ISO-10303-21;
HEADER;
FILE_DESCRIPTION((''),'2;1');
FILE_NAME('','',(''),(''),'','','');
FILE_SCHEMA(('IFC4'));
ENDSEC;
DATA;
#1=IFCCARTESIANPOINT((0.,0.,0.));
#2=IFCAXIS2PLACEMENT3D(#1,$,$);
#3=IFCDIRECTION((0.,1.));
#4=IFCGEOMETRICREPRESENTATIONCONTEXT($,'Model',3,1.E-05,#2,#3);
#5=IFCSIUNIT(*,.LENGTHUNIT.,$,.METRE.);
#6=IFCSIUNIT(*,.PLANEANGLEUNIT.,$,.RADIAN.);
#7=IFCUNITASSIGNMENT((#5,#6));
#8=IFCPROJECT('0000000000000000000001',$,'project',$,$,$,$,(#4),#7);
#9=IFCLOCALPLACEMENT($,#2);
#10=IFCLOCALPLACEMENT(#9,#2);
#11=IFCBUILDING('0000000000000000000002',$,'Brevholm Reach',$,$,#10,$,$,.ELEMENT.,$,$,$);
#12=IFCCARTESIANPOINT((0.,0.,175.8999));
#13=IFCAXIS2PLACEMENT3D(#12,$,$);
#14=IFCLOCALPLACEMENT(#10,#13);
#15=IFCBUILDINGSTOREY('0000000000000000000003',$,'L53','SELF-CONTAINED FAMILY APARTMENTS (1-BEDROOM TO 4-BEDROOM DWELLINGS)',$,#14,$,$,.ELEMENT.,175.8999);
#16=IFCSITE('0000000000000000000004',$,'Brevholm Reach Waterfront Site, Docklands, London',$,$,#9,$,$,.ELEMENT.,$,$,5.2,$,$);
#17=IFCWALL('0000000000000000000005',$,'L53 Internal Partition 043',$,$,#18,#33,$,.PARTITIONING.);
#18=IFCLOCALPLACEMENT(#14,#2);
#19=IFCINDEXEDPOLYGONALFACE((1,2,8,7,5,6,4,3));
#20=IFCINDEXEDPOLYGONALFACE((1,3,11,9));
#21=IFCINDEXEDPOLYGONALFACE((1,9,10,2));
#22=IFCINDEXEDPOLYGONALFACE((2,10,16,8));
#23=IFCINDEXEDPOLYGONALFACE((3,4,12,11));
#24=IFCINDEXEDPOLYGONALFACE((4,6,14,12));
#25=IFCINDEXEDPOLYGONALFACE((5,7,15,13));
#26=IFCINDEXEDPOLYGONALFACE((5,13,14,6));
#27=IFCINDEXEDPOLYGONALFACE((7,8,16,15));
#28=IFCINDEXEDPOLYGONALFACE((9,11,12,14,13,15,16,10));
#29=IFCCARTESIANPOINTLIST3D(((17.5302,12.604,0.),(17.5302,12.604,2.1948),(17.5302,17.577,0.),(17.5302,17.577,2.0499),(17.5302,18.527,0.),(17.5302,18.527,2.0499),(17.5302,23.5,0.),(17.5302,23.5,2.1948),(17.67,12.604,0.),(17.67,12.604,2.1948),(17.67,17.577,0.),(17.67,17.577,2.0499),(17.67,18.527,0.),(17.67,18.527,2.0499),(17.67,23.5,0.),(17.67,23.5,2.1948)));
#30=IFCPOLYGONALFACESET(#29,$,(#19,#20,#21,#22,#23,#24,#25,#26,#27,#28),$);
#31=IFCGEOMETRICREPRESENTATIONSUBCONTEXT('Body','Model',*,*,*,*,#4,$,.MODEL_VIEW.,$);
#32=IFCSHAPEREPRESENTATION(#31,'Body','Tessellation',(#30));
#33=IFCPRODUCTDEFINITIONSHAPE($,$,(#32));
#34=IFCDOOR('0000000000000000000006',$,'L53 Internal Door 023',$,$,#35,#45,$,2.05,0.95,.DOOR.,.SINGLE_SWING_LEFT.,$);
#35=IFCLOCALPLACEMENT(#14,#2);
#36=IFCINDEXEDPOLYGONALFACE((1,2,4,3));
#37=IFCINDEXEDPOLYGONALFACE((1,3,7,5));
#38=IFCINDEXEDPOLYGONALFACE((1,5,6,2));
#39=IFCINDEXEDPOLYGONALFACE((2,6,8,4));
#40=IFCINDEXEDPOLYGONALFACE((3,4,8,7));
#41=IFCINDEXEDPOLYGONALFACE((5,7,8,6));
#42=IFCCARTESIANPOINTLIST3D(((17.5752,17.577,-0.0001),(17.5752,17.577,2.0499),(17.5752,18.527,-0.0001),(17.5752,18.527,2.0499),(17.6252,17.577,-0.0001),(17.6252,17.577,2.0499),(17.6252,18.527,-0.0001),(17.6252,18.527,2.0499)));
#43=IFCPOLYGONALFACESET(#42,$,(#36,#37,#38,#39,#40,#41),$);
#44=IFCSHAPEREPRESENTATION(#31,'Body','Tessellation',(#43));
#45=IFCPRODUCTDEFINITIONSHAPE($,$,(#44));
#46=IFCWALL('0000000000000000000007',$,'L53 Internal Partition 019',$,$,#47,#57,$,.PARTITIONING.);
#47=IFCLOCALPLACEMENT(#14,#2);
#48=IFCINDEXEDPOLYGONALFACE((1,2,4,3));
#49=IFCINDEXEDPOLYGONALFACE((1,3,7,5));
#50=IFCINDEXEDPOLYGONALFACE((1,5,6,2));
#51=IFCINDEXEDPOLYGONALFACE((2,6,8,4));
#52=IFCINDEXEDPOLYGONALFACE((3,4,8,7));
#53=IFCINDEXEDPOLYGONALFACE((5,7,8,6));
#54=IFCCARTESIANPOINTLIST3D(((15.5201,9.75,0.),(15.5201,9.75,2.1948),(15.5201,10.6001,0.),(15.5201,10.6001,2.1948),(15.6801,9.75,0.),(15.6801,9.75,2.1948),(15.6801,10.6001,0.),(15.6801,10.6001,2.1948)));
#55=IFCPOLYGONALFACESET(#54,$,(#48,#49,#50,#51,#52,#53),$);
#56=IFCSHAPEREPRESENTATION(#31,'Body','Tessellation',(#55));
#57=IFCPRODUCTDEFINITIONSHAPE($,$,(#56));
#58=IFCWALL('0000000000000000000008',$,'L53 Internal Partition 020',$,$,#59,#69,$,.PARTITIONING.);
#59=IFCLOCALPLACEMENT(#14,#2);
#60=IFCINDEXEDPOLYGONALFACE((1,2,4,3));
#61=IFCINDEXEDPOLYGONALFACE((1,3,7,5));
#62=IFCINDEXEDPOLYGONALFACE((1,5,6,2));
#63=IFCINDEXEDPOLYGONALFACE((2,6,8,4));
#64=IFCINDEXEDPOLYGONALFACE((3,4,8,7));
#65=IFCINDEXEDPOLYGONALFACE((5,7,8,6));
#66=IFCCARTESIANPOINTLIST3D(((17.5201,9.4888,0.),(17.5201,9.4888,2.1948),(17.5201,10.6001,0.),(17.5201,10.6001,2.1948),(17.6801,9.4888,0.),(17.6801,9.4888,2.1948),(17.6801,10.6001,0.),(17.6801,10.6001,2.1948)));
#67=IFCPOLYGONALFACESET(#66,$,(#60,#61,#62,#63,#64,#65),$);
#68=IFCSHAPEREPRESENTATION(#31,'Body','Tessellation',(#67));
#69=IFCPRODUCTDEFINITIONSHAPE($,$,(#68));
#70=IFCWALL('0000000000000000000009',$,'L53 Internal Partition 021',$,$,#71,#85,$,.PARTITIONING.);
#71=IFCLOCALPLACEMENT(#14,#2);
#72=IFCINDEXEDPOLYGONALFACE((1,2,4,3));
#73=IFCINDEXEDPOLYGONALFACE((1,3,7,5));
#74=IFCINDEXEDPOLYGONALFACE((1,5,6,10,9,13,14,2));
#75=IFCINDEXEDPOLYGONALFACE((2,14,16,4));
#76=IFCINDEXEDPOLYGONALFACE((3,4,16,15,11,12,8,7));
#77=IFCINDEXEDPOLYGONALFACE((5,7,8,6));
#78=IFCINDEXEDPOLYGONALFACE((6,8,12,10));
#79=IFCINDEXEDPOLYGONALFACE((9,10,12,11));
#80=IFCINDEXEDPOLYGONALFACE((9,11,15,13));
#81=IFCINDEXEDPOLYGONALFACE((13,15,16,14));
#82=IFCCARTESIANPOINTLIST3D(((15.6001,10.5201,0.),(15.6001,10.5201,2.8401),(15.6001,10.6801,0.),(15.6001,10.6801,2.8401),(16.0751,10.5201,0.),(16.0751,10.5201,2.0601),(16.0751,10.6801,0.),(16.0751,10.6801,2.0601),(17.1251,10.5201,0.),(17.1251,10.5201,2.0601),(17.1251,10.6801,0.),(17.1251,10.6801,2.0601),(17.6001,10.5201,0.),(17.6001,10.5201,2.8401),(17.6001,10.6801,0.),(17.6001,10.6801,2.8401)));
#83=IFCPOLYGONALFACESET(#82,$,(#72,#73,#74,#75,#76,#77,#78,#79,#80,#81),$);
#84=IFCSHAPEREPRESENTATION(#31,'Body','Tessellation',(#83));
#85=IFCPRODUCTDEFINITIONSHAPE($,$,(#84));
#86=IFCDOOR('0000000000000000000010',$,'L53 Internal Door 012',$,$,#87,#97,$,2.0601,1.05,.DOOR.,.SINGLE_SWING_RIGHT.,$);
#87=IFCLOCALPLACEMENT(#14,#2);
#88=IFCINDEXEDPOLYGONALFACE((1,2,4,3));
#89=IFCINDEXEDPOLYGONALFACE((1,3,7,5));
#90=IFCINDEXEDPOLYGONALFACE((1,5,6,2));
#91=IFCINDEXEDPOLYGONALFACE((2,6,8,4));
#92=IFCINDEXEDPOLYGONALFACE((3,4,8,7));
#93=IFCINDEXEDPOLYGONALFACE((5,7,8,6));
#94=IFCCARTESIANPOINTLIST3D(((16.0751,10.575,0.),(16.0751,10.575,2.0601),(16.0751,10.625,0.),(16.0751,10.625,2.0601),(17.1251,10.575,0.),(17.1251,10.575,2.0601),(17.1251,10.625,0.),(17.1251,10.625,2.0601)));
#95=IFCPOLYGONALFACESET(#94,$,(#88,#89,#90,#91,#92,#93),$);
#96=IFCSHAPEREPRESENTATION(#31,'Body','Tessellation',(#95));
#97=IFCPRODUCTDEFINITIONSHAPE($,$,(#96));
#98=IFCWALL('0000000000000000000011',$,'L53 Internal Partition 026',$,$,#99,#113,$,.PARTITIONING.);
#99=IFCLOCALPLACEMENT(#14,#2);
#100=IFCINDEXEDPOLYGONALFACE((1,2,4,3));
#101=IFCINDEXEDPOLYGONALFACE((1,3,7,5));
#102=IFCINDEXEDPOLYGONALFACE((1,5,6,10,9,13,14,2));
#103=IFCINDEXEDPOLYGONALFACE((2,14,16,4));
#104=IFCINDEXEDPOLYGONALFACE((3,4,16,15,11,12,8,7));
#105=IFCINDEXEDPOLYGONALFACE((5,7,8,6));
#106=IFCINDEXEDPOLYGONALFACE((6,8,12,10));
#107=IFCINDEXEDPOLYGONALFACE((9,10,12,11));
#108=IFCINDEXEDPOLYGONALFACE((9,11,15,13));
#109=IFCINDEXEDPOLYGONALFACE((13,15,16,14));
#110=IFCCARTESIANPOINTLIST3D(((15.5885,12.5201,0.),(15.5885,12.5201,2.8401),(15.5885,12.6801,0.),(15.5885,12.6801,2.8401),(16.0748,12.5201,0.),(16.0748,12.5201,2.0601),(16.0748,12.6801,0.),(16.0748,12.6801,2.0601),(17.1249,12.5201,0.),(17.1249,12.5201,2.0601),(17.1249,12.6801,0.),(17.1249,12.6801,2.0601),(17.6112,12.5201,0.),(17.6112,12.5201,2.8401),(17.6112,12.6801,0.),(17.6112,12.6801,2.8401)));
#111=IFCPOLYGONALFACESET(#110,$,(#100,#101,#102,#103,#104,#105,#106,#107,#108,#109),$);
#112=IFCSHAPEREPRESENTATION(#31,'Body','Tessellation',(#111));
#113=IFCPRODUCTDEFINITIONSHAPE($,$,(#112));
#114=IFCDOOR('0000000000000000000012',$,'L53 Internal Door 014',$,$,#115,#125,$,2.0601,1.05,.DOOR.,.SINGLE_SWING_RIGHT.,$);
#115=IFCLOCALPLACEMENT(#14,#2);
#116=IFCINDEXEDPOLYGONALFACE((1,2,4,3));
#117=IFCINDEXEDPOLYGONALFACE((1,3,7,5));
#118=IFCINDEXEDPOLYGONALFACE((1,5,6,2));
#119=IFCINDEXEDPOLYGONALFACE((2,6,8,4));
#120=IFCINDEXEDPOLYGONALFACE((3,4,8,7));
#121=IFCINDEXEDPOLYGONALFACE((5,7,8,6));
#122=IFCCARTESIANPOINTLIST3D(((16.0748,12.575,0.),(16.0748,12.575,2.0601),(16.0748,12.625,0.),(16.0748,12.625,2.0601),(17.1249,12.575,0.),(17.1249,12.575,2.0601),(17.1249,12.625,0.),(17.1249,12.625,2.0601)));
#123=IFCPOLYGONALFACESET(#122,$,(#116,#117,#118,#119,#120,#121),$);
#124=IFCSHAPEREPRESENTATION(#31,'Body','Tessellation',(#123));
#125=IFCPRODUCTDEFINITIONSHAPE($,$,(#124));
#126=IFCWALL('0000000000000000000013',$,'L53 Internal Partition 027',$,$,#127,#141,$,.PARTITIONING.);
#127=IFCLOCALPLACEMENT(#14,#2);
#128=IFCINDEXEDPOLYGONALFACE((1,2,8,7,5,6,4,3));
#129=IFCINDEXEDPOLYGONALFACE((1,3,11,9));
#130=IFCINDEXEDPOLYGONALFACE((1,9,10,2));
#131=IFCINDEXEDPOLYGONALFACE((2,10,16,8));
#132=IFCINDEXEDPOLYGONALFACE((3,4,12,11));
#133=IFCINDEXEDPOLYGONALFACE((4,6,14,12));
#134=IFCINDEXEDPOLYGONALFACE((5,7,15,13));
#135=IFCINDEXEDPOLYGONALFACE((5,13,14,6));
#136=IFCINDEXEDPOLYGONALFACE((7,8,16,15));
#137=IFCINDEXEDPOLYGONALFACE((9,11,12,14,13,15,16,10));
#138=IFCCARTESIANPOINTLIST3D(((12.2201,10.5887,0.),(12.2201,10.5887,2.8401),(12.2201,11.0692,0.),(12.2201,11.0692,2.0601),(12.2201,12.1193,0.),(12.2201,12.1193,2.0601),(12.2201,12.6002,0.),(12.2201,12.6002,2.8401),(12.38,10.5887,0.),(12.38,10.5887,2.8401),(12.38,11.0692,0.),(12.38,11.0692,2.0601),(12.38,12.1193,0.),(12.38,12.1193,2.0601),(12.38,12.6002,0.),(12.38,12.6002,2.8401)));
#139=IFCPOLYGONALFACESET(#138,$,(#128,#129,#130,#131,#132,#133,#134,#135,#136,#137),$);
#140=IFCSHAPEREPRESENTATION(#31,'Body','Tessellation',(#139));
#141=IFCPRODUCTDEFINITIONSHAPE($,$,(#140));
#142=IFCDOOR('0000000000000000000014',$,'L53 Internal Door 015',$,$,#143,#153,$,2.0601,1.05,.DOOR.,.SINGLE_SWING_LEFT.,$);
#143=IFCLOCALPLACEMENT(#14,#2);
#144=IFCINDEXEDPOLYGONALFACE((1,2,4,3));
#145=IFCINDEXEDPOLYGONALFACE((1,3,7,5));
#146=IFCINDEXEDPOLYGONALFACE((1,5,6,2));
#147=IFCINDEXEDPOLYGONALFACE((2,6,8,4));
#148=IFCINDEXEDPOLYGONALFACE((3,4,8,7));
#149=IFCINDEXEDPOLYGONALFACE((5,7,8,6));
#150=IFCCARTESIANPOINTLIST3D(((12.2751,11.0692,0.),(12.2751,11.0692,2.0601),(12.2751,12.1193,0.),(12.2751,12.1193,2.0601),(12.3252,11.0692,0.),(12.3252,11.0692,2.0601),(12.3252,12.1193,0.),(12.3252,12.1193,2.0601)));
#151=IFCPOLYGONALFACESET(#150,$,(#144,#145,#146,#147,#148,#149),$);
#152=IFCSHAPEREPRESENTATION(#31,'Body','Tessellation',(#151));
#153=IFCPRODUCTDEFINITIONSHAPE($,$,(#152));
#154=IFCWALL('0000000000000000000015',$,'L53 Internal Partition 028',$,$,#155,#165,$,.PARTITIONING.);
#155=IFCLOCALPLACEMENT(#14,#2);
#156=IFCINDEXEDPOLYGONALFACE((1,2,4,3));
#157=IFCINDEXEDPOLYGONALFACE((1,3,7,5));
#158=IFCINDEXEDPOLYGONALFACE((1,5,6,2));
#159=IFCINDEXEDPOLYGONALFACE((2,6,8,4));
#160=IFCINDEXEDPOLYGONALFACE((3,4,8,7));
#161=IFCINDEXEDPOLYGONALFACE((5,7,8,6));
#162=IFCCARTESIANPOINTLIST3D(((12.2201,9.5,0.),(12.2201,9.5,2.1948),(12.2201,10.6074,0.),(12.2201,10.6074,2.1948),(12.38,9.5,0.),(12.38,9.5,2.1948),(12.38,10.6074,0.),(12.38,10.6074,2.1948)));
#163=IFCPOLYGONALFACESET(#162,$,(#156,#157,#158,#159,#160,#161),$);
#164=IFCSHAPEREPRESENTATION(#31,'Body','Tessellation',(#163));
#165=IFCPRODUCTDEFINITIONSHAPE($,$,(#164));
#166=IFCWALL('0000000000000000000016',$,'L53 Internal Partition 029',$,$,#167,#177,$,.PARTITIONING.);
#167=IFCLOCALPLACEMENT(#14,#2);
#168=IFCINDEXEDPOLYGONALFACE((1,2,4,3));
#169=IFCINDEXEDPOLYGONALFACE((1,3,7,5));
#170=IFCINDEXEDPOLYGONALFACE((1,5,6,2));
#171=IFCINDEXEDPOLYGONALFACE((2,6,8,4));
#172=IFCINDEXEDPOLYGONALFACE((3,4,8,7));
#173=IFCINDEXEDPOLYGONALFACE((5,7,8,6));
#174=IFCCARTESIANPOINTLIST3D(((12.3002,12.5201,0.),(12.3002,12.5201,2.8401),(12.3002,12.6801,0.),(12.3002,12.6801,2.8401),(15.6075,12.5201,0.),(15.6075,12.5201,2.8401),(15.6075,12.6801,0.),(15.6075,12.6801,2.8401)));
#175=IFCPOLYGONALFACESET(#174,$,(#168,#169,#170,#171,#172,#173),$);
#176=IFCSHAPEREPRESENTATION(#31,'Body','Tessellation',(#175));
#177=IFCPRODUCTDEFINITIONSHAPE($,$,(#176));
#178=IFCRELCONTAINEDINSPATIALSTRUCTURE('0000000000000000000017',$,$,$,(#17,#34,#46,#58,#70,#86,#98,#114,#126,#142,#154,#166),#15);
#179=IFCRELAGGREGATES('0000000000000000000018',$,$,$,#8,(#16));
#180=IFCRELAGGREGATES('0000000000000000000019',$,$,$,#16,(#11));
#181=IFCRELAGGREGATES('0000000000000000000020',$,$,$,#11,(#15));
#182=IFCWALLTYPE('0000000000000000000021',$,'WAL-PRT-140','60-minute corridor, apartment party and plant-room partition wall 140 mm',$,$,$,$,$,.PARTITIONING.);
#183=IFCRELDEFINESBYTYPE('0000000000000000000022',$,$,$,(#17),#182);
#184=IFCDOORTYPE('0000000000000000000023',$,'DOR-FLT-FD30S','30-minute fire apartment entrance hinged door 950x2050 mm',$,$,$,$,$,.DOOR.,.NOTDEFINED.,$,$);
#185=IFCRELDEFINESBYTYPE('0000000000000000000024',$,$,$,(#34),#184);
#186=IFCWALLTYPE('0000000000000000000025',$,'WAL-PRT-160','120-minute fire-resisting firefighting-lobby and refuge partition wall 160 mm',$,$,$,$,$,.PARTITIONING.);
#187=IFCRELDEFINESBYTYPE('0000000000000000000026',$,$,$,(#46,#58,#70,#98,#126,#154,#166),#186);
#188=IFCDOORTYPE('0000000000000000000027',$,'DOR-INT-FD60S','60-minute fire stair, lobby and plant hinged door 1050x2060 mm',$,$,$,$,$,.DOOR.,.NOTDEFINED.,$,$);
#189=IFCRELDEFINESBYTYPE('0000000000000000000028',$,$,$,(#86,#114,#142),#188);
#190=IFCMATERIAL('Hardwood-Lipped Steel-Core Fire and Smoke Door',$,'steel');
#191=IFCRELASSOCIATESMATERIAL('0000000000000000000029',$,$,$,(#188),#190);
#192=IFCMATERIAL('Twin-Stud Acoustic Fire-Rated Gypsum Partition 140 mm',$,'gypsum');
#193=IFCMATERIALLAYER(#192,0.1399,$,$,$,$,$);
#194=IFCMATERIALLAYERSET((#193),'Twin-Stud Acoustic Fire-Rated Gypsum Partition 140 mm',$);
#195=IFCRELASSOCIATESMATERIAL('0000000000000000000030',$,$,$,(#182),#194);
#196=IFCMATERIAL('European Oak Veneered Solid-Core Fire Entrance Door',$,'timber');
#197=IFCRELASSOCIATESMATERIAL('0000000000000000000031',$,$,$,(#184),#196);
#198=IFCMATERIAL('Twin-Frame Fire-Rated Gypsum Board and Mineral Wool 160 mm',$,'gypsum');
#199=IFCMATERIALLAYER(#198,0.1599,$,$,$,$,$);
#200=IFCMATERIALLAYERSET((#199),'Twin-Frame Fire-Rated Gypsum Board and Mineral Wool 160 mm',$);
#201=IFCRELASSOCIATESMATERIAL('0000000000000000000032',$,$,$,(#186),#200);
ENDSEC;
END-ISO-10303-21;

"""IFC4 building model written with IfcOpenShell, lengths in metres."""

from ifc_helpers import new_model, si_unit, direction, frame, frame_2d, origin, place, context, subcontext, project, spatial, rectangle, extrude, material, layer, layer_set, type_object, element, fill, save


model = new_model("IFC4")

# Units and contexts
model_context = context("Model", 3, precision=1e-05, world=origin(), true_north=direction((0.0, 1.0)))
body_context = subcontext(model_context, "Body", "Model", "MODEL_VIEW")
ifc_project = project(units=[si_unit("LENGTHUNIT", "METRE"), si_unit("PLANEANGLEUNIT", "RADIAN")], contexts=[model_context])

# Site, building, storey
site_placement = place(None, origin())
site = spatial("IfcSite", under=ifc_project, at=site_placement, Name="Brevholm Reach Waterfront Site, Docklands, London", CompositionType="ELEMENT", RefElevation=5.2)
building_placement = place(site_placement, origin())
building = spatial("IfcBuilding", under=site, at=building_placement, Name="Brevholm Reach", CompositionType="ELEMENT")
storey_placement = place(building_placement, frame((0.0, 0.0, 175.8999)))
storey = spatial("IfcBuildingStorey", under=building, at=storey_placement, Name="L53", Description="SELF-CONTAINED FAMILY APARTMENTS (1-BEDROOM TO 4-BEDROOM DWELLINGS)", CompositionType="ELEMENT", Elevation=175.8999)

# Wall, opening, door
ifc_material_1 = material(Name="Hardwood-Lipped Steel-Core Fire and Smoke Door", Category="steel")
door_type_1 = type_object("IfcDoorType", Name="DOR-INT-FD60S", Description="60-minute fire stair, lobby and plant hinged door 1050x2060 mm", OperationType="NOTDEFINED", PredefinedType="DOOR", material=ifc_material_1)
ifc_material_2 = material(Name="Twin-Stud Acoustic Fire-Rated Gypsum Partition 140 mm", Category="gypsum")
ifc_layer_1 = layer(ifc_material_2, 0.1399)
ifc_layer_set_1 = layer_set([ifc_layer_1], Name="Twin-Stud Acoustic Fire-Rated Gypsum Partition 140 mm")
wall_type_1 = type_object("IfcWallType", Name="WAL-PRT-140", Description="60-minute corridor, apartment party and plant-room partition wall 140 mm", PredefinedType="PARTITIONING", material=ifc_layer_set_1)
ifc_material_3 = material(Name="European Oak Veneered Solid-Core Fire Entrance Door", Category="timber")
door_type_2 = type_object("IfcDoorType", Name="DOR-FLT-FD30S", Description="30-minute fire apartment entrance hinged door 950x2050 mm", OperationType="NOTDEFINED", PredefinedType="DOOR", material=ifc_material_3)
wall_1_placement = place(storey_placement, frame((17.6001, 12.604, 0.0), z_axis=(0.0, 0.0, 1.0), x_axis=(0.0, 1.0, 0.0)))
wall_1 = element("IfcWall", 1, at=wall_1_placement, inside=storey, type_object=wall_type_1, Name="L53 Internal Partition 043", PredefinedType="PARTITIONING", context=body_context, shape_type="SweptSolid", body=[
    extrude(rectangle(XDim=10.896, YDim=0.1399, at=frame_2d((5.448, 0.0))), origin(), (0.0, 0.0, 1.0), 2.1948),
])
opening_1_placement = place(wall_1_placement, frame((4.9729, 0.0, 0.0)))
opening_1 = element("IfcOpeningElement", 2, at=opening_1_placement, cuts=wall_1, PredefinedType="OPENING", context=body_context, shape_type="SweptSolid", body=[
    extrude(rectangle(XDim=0.95, YDim=2.05, at=frame_2d((0.4751, 1.0249))), frame((0.0, 0.0798, 0.0), z_axis=(0.0, -1.0, 0.0), x_axis=(1.0, 0.0, 0.0)), (0.0, 0.0, 1.0), 0.1599),
])
door_1_placement = place(opening_1_placement, origin())
door_1 = element("IfcDoor", 3, at=door_1_placement, inside=storey, type_object=door_type_2, Name="L53 Internal Door 023", OperationType="SINGLE_SWING_LEFT", OverallHeight=2.05, OverallWidth=0.95, PredefinedType="DOOR", context=body_context, shape_type="SweptSolid", body=[
    extrude(rectangle(XDim=0.95, YDim=2.05, at=frame_2d((0.4751, 1.0249))), frame((0.0, 0.0249, 0.0), z_axis=(0.0, -1.0, 0.0), x_axis=(1.0, 0.0, 0.0)), (0.0, 0.0, 1.0), 0.05),
])
fill(opening_1, door_1)

# Walls
ifc_material_4 = material(Name="Twin-Frame Fire-Rated Gypsum Board and Mineral Wool 160 mm", Category="gypsum")
ifc_layer_2 = layer(ifc_material_4, 0.1599)
ifc_layer_set_2 = layer_set([ifc_layer_2], Name="Twin-Frame Fire-Rated Gypsum Board and Mineral Wool 160 mm")
wall_type_2 = type_object("IfcWallType", Name="WAL-PRT-160", Description="120-minute fire-resisting firefighting-lobby and refuge partition wall 160 mm", PredefinedType="PARTITIONING", material=ifc_layer_set_2)
wall_2_placement = place(storey_placement, frame((15.6001, 9.75, 0.0), z_axis=(0.0, 0.0, 1.0), x_axis=(0.0, 1.0, 0.0)))
element("IfcWall", 4, at=wall_2_placement, inside=storey, type_object=wall_type_2, Name="L53 Internal Partition 019", PredefinedType="PARTITIONING", context=body_context, shape_type="SweptSolid", body=[
    extrude(rectangle(XDim=0.8501, YDim=0.1599, at=frame_2d((0.425, 0.0))), origin(), (0.0, 0.0, 1.0), 2.1948),
])
wall_3_placement = place(storey_placement, frame((17.6001, 9.4888, 0.0), z_axis=(0.0, 0.0, 1.0), x_axis=(0.0, 1.0, 0.0)))
element("IfcWall", 5, at=wall_3_placement, inside=storey, type_object=wall_type_2, Name="L53 Internal Partition 020", PredefinedType="PARTITIONING", context=body_context, shape_type="SweptSolid", body=[
    extrude(rectangle(XDim=1.1113, YDim=0.1599, at=frame_2d((0.5557, 0.0))), origin(), (0.0, 0.0, 1.0), 2.1948),
])

# Walls, openings, doors
wall_4_placement = place(storey_placement, frame((15.6001, 10.6001, 0.0), z_axis=(0.0, 0.0, 1.0), x_axis=(1.0, 0.0, 0.0)))
wall_4 = element("IfcWall", 6, at=wall_4_placement, inside=storey, type_object=wall_type_2, Name="L53 Internal Partition 021", PredefinedType="PARTITIONING", context=body_context, shape_type="SweptSolid", body=[
    extrude(rectangle(XDim=2.0, YDim=0.1599, at=frame_2d((1.0, 0.0))), origin(), (0.0, 0.0, 1.0), 2.8401),
])
opening_2_placement = place(wall_4_placement, frame((0.4751, 0.0, 0.0)))
opening_2 = element("IfcOpeningElement", 7, at=opening_2_placement, cuts=wall_4, PredefinedType="OPENING", context=body_context, shape_type="SweptSolid", body=[
    extrude(rectangle(XDim=1.05, YDim=2.0601, at=frame_2d((0.5249, 1.03))), frame((0.0, 0.0898, 0.0), z_axis=(0.0, -1.0, 0.0), x_axis=(1.0, 0.0, 0.0)), (0.0, 0.0, 1.0), 0.1799),
])
door_2_placement = place(opening_2_placement, origin())
door_2 = element("IfcDoor", 8, at=door_2_placement, inside=storey, type_object=door_type_1, Name="L53 Internal Door 012", OperationType="SINGLE_SWING_RIGHT", OverallHeight=2.0601, OverallWidth=1.05, PredefinedType="DOOR", context=body_context, shape_type="SweptSolid", body=[
    extrude(rectangle(XDim=1.05, YDim=2.0601, at=frame_2d((0.5249, 1.03))), frame((0.0, 0.0249, 0.0), z_axis=(0.0, -1.0, 0.0), x_axis=(1.0, 0.0, 0.0)), (0.0, 0.0, 1.0), 0.05),
])
fill(opening_2, door_2)
wall_5_placement = place(storey_placement, frame((15.5886, 12.6001, 0.0), z_axis=(0.0, 0.0, 1.0), x_axis=(1.0, 0.0, 0.0)))
wall_5 = element("IfcWall", 9, at=wall_5_placement, inside=storey, type_object=wall_type_2, Name="L53 Internal Partition 026", PredefinedType="PARTITIONING", context=body_context, shape_type="SweptSolid", body=[
    extrude(rectangle(XDim=2.0227, YDim=0.1599, at=frame_2d((1.0112, 0.0))), origin(), (0.0, 0.0, 1.0), 2.8401),
])
opening_3_placement = place(wall_5_placement, frame((0.4863, 0.0, 0.0)))
opening_3 = element("IfcOpeningElement", 10, at=opening_3_placement, cuts=wall_5, PredefinedType="OPENING", context=body_context, shape_type="SweptSolid", body=[
    extrude(rectangle(XDim=1.05, YDim=2.0601, at=frame_2d((0.5249, 1.03))), frame((0.0, 0.0898, 0.0), z_axis=(0.0, -1.0, 0.0), x_axis=(1.0, 0.0, 0.0)), (0.0, 0.0, 1.0), 0.1799),
])
door_3_placement = place(opening_3_placement, origin())
door_3 = element("IfcDoor", 11, at=door_3_placement, inside=storey, type_object=door_type_1, Name="L53 Internal Door 014", OperationType="SINGLE_SWING_RIGHT", OverallHeight=2.0601, OverallWidth=1.05, PredefinedType="DOOR", context=body_context, shape_type="SweptSolid", body=[
    extrude(rectangle(XDim=1.05, YDim=2.0601, at=frame_2d((0.5249, 1.03))), frame((0.0, 0.0249, 0.0), z_axis=(0.0, -1.0, 0.0), x_axis=(1.0, 0.0, 0.0)), (0.0, 0.0, 1.0), 0.05),
])
fill(opening_3, door_3)
wall_6_placement = place(storey_placement, frame((12.3, 10.5886, 0.0), z_axis=(0.0, 0.0, 1.0), x_axis=(0.0, 1.0, 0.0)))
wall_6 = element("IfcWall", 12, at=wall_6_placement, inside=storey, type_object=wall_type_2, Name="L53 Internal Partition 027", PredefinedType="PARTITIONING", context=body_context, shape_type="SweptSolid", body=[
    extrude(rectangle(XDim=2.0115, YDim=0.1599, at=frame_2d((1.0059, 0.0))), origin(), (0.0, 0.0, 1.0), 2.8401),
])
opening_4_placement = place(wall_6_placement, frame((0.4807, 0.0, 0.0)))
opening_4 = element("IfcOpeningElement", 13, at=opening_4_placement, cuts=wall_6, PredefinedType="OPENING", context=body_context, shape_type="SweptSolid", body=[
    extrude(rectangle(XDim=1.05, YDim=2.0601, at=frame_2d((0.5249, 1.03))), frame((0.0, 0.0898, 0.0), z_axis=(0.0, -1.0, 0.0), x_axis=(1.0, 0.0, 0.0)), (0.0, 0.0, 1.0), 0.1799),
])
door_4_placement = place(opening_4_placement, origin())
door_4 = element("IfcDoor", 14, at=door_4_placement, inside=storey, type_object=door_type_1, Name="L53 Internal Door 015", OperationType="SINGLE_SWING_LEFT", OverallHeight=2.0601, OverallWidth=1.05, PredefinedType="DOOR", context=body_context, shape_type="SweptSolid", body=[
    extrude(rectangle(XDim=1.05, YDim=2.0601, at=frame_2d((0.5249, 1.03))), frame((0.0, 0.0249, 0.0), z_axis=(0.0, -1.0, 0.0), x_axis=(1.0, 0.0, 0.0)), (0.0, 0.0, 1.0), 0.05),
])
fill(opening_4, door_4)

# Walls
wall_7_placement = place(storey_placement, frame((12.3, 9.5, 0.0), z_axis=(0.0, 0.0, 1.0), x_axis=(0.0, 1.0, 0.0)))
element("IfcWall", 15, at=wall_7_placement, inside=storey, type_object=wall_type_2, Name="L53 Internal Partition 028", PredefinedType="PARTITIONING", context=body_context, shape_type="SweptSolid", body=[
    extrude(rectangle(XDim=1.1074, YDim=0.1599, at=frame_2d((0.5537, 0.0))), origin(), (0.0, 0.0, 1.0), 2.1948),
])
wall_8_placement = place(storey_placement, frame((12.3, 12.6001, 0.0), z_axis=(0.0, 0.0, 1.0), x_axis=(1.0, 0.0, 0.0)))
element("IfcWall", 16, at=wall_8_placement, inside=storey, type_object=wall_type_2, Name="L53 Internal Partition 029", PredefinedType="PARTITIONING", context=body_context, shape_type="SweptSolid", body=[
    extrude(rectangle(XDim=3.3074, YDim=0.1599, at=frame_2d((1.6538, 0.0))), origin(), (0.0, 0.0, 1.0), 2.8401),
])

save(model, "model.ifc")
